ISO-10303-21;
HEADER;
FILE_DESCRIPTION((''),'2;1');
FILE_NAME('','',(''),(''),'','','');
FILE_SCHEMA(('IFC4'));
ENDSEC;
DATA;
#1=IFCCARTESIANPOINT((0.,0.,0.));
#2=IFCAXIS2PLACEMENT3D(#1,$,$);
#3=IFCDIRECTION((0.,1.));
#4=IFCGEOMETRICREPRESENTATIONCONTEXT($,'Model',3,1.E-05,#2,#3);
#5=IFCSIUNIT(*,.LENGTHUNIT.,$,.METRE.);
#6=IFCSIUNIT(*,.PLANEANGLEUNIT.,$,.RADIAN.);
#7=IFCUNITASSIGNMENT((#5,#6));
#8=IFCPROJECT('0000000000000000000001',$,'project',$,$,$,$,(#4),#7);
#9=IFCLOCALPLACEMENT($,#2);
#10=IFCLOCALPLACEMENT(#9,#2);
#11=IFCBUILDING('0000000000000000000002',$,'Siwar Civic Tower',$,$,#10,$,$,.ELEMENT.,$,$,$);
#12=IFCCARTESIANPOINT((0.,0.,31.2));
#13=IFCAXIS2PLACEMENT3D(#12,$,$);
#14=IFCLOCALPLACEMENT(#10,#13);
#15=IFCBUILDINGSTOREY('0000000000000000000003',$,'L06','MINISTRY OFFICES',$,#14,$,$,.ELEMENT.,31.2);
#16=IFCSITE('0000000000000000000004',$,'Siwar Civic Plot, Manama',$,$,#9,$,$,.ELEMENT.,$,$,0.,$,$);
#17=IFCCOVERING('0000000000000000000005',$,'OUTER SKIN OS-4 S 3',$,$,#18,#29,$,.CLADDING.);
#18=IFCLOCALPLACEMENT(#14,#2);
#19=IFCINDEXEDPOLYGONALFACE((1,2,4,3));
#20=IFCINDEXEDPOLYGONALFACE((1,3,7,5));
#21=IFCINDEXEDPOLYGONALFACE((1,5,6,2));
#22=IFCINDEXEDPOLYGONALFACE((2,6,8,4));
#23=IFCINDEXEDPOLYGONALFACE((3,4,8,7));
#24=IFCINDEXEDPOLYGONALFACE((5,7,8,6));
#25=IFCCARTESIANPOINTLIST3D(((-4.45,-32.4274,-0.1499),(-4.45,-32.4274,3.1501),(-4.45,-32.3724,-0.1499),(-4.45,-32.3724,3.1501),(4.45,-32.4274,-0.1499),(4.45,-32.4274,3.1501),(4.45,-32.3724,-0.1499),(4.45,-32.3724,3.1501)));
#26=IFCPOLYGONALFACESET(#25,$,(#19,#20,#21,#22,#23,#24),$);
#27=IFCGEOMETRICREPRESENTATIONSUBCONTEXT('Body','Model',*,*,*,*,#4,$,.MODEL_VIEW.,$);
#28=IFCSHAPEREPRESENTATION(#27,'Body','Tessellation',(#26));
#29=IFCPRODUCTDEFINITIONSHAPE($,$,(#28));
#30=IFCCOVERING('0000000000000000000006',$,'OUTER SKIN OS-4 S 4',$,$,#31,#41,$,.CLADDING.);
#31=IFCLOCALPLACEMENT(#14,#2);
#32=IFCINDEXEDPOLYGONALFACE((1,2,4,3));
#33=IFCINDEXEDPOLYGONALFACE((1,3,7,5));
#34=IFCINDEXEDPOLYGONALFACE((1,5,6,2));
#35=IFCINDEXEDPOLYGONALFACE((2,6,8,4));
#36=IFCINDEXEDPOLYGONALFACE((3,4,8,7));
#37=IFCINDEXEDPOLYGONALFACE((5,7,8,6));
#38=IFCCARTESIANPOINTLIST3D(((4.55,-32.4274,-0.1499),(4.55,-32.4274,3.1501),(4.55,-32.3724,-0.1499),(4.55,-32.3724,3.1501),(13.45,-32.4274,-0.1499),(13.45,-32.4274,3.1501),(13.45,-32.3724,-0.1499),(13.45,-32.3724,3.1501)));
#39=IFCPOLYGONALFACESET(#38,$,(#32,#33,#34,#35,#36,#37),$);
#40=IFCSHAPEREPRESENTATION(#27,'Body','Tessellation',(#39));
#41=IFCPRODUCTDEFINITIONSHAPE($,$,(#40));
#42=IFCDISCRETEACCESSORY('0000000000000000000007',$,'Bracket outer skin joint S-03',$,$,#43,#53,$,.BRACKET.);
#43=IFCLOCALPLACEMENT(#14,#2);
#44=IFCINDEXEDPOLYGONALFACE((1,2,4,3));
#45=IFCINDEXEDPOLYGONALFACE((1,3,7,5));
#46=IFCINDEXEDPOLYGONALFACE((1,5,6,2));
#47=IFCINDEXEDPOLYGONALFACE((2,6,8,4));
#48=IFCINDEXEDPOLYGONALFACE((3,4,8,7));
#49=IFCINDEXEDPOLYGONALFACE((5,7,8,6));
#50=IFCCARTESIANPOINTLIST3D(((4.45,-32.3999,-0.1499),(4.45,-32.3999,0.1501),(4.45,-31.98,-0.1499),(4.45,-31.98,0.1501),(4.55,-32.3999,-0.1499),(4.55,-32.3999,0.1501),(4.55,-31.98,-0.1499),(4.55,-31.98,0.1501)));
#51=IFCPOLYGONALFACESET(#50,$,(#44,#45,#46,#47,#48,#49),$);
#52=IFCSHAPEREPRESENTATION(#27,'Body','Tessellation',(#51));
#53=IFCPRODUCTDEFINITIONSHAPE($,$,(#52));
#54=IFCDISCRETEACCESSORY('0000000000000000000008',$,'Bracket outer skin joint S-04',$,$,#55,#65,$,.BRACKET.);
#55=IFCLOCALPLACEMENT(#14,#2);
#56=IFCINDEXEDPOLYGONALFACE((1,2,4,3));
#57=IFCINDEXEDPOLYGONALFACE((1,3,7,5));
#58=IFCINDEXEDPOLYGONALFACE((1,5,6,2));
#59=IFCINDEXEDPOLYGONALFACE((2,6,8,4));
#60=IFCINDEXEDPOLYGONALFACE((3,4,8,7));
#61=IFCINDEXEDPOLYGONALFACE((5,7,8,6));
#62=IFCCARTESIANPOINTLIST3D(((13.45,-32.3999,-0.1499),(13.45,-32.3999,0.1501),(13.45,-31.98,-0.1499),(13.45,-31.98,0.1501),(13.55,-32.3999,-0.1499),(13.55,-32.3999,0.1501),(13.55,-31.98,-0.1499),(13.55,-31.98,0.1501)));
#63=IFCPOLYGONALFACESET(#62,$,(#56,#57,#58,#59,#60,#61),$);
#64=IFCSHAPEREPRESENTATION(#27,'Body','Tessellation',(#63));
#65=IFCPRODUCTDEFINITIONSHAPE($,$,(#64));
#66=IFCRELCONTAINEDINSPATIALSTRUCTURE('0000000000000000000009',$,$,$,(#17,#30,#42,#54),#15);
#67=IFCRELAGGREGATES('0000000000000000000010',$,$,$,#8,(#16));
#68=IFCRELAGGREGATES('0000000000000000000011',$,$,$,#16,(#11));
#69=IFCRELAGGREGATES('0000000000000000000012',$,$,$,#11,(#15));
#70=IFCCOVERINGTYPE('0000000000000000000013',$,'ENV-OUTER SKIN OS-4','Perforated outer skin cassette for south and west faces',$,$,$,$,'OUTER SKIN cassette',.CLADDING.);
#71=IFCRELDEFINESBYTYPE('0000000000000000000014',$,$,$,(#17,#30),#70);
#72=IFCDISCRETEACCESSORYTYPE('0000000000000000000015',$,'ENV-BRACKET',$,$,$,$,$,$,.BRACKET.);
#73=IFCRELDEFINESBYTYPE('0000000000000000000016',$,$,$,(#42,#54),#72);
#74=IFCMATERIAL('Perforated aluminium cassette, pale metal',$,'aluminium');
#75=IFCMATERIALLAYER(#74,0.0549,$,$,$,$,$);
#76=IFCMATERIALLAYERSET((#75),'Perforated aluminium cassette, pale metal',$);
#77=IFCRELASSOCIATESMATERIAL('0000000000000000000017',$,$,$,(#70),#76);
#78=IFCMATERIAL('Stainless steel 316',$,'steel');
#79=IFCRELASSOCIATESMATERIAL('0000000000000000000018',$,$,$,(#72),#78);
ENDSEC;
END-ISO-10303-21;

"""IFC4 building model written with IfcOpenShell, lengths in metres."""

from ifc_helpers import new_model, si_unit, direction, frame, origin, origin_2d, place, context, subcontext, project, spatial, rectangle, extrude, material, layer, layer_set, type_object, element, save


model = new_model("IFC4")

# Units and contexts
model_context = context("Model", 3, precision=1e-05, world=origin(), true_north=direction((0.0, 1.0)))
body_context = subcontext(model_context, "Body", "Model", "MODEL_VIEW")
ifc_project = project(units=[si_unit("LENGTHUNIT", "METRE"), si_unit("PLANEANGLEUNIT", "RADIAN")], contexts=[model_context])

# Site, building, storey
site_placement = place(None, origin())
site = spatial("IfcSite", under=ifc_project, at=site_placement, Name="Siwar Civic Plot, Manama", CompositionType="ELEMENT", RefElevation=0.0)
building_placement = place(site_placement, origin())
building = spatial("IfcBuilding", under=site, at=building_placement, Name="Siwar Civic Tower", CompositionType="ELEMENT")
storey_placement = place(building_placement, frame((0.0, 0.0, 31.2)))
storey = spatial("IfcBuildingStorey", under=building, at=storey_placement, Name="L06", Description="MINISTRY OFFICES", CompositionType="ELEMENT", Elevation=31.2)

# Coverings
ifc_material_1 = material(Name="Perforated aluminium cassette, pale metal", Category="aluminium")
ifc_layer_1 = layer(ifc_material_1, 0.0549)
ifc_layer_set_1 = layer_set([ifc_layer_1], Name="Perforated aluminium cassette, pale metal")
covering_type = type_object("IfcCoveringType", Name="ENV-OUTER SKIN OS-4", Description="Perforated outer skin cassette for south and west faces", ElementType="OUTER SKIN cassette", PredefinedType="CLADDING", material=ifc_layer_set_1)
for number, where, z_axis, x_axis, name in (
    (1, (0.0, -32.3999, -0.1499), (0.0, 0.0, 1.0), (1.0, 0.0, 0.0), "OUTER SKIN OS-4 S 3"),
    (2, (9.0, -32.3999, -0.1499), (0.0, 0.0, 1.0), (1.0, 0.0, 0.0), "OUTER SKIN OS-4 S 4"),
):
    element("IfcCovering", number, at=place(storey_placement, frame(where, z_axis=z_axis, x_axis=x_axis)), inside=storey, type_object=covering_type, Name=name, PredefinedType="CLADDING", context=body_context, shape_type="SweptSolid", body=[
        extrude(rectangle(XDim=8.8999, YDim=0.0549, at=origin_2d()), origin(), (0.0, 0.0, 1.0), 3.3),
    ])

# Discrete accessories
ifc_material_2 = material(Name="Stainless steel 316", Category="steel")
discrete_accessory_type = type_object("IfcDiscreteAccessoryType", Name="ENV-BRACKET", PredefinedType="BRACKET", material=ifc_material_2)
for number, where, z_axis, x_axis, name in (
    (3, (4.5, -32.1899, -0.1499), (0.0, 0.0, 1.0), (0.0, -1.0, 0.0), "Bracket outer skin joint S-03"),
    (4, (13.5, -32.1899, -0.1499), (0.0, 0.0, 1.0), (0.0, -1.0, 0.0), "Bracket outer skin joint S-04"),
):
    element("IfcDiscreteAccessory", number, at=place(storey_placement, frame(where, z_axis=z_axis, x_axis=x_axis)), inside=storey, type_object=discrete_accessory_type, Name=name, PredefinedType="BRACKET", context=body_context, shape_type="SweptSolid", body=[
        extrude(rectangle(XDim=0.4199, YDim=0.1001, at=origin_2d()), origin(), (0.0, 0.0, 1.0), 0.3),
    ])

save(model, "model.ifc")
